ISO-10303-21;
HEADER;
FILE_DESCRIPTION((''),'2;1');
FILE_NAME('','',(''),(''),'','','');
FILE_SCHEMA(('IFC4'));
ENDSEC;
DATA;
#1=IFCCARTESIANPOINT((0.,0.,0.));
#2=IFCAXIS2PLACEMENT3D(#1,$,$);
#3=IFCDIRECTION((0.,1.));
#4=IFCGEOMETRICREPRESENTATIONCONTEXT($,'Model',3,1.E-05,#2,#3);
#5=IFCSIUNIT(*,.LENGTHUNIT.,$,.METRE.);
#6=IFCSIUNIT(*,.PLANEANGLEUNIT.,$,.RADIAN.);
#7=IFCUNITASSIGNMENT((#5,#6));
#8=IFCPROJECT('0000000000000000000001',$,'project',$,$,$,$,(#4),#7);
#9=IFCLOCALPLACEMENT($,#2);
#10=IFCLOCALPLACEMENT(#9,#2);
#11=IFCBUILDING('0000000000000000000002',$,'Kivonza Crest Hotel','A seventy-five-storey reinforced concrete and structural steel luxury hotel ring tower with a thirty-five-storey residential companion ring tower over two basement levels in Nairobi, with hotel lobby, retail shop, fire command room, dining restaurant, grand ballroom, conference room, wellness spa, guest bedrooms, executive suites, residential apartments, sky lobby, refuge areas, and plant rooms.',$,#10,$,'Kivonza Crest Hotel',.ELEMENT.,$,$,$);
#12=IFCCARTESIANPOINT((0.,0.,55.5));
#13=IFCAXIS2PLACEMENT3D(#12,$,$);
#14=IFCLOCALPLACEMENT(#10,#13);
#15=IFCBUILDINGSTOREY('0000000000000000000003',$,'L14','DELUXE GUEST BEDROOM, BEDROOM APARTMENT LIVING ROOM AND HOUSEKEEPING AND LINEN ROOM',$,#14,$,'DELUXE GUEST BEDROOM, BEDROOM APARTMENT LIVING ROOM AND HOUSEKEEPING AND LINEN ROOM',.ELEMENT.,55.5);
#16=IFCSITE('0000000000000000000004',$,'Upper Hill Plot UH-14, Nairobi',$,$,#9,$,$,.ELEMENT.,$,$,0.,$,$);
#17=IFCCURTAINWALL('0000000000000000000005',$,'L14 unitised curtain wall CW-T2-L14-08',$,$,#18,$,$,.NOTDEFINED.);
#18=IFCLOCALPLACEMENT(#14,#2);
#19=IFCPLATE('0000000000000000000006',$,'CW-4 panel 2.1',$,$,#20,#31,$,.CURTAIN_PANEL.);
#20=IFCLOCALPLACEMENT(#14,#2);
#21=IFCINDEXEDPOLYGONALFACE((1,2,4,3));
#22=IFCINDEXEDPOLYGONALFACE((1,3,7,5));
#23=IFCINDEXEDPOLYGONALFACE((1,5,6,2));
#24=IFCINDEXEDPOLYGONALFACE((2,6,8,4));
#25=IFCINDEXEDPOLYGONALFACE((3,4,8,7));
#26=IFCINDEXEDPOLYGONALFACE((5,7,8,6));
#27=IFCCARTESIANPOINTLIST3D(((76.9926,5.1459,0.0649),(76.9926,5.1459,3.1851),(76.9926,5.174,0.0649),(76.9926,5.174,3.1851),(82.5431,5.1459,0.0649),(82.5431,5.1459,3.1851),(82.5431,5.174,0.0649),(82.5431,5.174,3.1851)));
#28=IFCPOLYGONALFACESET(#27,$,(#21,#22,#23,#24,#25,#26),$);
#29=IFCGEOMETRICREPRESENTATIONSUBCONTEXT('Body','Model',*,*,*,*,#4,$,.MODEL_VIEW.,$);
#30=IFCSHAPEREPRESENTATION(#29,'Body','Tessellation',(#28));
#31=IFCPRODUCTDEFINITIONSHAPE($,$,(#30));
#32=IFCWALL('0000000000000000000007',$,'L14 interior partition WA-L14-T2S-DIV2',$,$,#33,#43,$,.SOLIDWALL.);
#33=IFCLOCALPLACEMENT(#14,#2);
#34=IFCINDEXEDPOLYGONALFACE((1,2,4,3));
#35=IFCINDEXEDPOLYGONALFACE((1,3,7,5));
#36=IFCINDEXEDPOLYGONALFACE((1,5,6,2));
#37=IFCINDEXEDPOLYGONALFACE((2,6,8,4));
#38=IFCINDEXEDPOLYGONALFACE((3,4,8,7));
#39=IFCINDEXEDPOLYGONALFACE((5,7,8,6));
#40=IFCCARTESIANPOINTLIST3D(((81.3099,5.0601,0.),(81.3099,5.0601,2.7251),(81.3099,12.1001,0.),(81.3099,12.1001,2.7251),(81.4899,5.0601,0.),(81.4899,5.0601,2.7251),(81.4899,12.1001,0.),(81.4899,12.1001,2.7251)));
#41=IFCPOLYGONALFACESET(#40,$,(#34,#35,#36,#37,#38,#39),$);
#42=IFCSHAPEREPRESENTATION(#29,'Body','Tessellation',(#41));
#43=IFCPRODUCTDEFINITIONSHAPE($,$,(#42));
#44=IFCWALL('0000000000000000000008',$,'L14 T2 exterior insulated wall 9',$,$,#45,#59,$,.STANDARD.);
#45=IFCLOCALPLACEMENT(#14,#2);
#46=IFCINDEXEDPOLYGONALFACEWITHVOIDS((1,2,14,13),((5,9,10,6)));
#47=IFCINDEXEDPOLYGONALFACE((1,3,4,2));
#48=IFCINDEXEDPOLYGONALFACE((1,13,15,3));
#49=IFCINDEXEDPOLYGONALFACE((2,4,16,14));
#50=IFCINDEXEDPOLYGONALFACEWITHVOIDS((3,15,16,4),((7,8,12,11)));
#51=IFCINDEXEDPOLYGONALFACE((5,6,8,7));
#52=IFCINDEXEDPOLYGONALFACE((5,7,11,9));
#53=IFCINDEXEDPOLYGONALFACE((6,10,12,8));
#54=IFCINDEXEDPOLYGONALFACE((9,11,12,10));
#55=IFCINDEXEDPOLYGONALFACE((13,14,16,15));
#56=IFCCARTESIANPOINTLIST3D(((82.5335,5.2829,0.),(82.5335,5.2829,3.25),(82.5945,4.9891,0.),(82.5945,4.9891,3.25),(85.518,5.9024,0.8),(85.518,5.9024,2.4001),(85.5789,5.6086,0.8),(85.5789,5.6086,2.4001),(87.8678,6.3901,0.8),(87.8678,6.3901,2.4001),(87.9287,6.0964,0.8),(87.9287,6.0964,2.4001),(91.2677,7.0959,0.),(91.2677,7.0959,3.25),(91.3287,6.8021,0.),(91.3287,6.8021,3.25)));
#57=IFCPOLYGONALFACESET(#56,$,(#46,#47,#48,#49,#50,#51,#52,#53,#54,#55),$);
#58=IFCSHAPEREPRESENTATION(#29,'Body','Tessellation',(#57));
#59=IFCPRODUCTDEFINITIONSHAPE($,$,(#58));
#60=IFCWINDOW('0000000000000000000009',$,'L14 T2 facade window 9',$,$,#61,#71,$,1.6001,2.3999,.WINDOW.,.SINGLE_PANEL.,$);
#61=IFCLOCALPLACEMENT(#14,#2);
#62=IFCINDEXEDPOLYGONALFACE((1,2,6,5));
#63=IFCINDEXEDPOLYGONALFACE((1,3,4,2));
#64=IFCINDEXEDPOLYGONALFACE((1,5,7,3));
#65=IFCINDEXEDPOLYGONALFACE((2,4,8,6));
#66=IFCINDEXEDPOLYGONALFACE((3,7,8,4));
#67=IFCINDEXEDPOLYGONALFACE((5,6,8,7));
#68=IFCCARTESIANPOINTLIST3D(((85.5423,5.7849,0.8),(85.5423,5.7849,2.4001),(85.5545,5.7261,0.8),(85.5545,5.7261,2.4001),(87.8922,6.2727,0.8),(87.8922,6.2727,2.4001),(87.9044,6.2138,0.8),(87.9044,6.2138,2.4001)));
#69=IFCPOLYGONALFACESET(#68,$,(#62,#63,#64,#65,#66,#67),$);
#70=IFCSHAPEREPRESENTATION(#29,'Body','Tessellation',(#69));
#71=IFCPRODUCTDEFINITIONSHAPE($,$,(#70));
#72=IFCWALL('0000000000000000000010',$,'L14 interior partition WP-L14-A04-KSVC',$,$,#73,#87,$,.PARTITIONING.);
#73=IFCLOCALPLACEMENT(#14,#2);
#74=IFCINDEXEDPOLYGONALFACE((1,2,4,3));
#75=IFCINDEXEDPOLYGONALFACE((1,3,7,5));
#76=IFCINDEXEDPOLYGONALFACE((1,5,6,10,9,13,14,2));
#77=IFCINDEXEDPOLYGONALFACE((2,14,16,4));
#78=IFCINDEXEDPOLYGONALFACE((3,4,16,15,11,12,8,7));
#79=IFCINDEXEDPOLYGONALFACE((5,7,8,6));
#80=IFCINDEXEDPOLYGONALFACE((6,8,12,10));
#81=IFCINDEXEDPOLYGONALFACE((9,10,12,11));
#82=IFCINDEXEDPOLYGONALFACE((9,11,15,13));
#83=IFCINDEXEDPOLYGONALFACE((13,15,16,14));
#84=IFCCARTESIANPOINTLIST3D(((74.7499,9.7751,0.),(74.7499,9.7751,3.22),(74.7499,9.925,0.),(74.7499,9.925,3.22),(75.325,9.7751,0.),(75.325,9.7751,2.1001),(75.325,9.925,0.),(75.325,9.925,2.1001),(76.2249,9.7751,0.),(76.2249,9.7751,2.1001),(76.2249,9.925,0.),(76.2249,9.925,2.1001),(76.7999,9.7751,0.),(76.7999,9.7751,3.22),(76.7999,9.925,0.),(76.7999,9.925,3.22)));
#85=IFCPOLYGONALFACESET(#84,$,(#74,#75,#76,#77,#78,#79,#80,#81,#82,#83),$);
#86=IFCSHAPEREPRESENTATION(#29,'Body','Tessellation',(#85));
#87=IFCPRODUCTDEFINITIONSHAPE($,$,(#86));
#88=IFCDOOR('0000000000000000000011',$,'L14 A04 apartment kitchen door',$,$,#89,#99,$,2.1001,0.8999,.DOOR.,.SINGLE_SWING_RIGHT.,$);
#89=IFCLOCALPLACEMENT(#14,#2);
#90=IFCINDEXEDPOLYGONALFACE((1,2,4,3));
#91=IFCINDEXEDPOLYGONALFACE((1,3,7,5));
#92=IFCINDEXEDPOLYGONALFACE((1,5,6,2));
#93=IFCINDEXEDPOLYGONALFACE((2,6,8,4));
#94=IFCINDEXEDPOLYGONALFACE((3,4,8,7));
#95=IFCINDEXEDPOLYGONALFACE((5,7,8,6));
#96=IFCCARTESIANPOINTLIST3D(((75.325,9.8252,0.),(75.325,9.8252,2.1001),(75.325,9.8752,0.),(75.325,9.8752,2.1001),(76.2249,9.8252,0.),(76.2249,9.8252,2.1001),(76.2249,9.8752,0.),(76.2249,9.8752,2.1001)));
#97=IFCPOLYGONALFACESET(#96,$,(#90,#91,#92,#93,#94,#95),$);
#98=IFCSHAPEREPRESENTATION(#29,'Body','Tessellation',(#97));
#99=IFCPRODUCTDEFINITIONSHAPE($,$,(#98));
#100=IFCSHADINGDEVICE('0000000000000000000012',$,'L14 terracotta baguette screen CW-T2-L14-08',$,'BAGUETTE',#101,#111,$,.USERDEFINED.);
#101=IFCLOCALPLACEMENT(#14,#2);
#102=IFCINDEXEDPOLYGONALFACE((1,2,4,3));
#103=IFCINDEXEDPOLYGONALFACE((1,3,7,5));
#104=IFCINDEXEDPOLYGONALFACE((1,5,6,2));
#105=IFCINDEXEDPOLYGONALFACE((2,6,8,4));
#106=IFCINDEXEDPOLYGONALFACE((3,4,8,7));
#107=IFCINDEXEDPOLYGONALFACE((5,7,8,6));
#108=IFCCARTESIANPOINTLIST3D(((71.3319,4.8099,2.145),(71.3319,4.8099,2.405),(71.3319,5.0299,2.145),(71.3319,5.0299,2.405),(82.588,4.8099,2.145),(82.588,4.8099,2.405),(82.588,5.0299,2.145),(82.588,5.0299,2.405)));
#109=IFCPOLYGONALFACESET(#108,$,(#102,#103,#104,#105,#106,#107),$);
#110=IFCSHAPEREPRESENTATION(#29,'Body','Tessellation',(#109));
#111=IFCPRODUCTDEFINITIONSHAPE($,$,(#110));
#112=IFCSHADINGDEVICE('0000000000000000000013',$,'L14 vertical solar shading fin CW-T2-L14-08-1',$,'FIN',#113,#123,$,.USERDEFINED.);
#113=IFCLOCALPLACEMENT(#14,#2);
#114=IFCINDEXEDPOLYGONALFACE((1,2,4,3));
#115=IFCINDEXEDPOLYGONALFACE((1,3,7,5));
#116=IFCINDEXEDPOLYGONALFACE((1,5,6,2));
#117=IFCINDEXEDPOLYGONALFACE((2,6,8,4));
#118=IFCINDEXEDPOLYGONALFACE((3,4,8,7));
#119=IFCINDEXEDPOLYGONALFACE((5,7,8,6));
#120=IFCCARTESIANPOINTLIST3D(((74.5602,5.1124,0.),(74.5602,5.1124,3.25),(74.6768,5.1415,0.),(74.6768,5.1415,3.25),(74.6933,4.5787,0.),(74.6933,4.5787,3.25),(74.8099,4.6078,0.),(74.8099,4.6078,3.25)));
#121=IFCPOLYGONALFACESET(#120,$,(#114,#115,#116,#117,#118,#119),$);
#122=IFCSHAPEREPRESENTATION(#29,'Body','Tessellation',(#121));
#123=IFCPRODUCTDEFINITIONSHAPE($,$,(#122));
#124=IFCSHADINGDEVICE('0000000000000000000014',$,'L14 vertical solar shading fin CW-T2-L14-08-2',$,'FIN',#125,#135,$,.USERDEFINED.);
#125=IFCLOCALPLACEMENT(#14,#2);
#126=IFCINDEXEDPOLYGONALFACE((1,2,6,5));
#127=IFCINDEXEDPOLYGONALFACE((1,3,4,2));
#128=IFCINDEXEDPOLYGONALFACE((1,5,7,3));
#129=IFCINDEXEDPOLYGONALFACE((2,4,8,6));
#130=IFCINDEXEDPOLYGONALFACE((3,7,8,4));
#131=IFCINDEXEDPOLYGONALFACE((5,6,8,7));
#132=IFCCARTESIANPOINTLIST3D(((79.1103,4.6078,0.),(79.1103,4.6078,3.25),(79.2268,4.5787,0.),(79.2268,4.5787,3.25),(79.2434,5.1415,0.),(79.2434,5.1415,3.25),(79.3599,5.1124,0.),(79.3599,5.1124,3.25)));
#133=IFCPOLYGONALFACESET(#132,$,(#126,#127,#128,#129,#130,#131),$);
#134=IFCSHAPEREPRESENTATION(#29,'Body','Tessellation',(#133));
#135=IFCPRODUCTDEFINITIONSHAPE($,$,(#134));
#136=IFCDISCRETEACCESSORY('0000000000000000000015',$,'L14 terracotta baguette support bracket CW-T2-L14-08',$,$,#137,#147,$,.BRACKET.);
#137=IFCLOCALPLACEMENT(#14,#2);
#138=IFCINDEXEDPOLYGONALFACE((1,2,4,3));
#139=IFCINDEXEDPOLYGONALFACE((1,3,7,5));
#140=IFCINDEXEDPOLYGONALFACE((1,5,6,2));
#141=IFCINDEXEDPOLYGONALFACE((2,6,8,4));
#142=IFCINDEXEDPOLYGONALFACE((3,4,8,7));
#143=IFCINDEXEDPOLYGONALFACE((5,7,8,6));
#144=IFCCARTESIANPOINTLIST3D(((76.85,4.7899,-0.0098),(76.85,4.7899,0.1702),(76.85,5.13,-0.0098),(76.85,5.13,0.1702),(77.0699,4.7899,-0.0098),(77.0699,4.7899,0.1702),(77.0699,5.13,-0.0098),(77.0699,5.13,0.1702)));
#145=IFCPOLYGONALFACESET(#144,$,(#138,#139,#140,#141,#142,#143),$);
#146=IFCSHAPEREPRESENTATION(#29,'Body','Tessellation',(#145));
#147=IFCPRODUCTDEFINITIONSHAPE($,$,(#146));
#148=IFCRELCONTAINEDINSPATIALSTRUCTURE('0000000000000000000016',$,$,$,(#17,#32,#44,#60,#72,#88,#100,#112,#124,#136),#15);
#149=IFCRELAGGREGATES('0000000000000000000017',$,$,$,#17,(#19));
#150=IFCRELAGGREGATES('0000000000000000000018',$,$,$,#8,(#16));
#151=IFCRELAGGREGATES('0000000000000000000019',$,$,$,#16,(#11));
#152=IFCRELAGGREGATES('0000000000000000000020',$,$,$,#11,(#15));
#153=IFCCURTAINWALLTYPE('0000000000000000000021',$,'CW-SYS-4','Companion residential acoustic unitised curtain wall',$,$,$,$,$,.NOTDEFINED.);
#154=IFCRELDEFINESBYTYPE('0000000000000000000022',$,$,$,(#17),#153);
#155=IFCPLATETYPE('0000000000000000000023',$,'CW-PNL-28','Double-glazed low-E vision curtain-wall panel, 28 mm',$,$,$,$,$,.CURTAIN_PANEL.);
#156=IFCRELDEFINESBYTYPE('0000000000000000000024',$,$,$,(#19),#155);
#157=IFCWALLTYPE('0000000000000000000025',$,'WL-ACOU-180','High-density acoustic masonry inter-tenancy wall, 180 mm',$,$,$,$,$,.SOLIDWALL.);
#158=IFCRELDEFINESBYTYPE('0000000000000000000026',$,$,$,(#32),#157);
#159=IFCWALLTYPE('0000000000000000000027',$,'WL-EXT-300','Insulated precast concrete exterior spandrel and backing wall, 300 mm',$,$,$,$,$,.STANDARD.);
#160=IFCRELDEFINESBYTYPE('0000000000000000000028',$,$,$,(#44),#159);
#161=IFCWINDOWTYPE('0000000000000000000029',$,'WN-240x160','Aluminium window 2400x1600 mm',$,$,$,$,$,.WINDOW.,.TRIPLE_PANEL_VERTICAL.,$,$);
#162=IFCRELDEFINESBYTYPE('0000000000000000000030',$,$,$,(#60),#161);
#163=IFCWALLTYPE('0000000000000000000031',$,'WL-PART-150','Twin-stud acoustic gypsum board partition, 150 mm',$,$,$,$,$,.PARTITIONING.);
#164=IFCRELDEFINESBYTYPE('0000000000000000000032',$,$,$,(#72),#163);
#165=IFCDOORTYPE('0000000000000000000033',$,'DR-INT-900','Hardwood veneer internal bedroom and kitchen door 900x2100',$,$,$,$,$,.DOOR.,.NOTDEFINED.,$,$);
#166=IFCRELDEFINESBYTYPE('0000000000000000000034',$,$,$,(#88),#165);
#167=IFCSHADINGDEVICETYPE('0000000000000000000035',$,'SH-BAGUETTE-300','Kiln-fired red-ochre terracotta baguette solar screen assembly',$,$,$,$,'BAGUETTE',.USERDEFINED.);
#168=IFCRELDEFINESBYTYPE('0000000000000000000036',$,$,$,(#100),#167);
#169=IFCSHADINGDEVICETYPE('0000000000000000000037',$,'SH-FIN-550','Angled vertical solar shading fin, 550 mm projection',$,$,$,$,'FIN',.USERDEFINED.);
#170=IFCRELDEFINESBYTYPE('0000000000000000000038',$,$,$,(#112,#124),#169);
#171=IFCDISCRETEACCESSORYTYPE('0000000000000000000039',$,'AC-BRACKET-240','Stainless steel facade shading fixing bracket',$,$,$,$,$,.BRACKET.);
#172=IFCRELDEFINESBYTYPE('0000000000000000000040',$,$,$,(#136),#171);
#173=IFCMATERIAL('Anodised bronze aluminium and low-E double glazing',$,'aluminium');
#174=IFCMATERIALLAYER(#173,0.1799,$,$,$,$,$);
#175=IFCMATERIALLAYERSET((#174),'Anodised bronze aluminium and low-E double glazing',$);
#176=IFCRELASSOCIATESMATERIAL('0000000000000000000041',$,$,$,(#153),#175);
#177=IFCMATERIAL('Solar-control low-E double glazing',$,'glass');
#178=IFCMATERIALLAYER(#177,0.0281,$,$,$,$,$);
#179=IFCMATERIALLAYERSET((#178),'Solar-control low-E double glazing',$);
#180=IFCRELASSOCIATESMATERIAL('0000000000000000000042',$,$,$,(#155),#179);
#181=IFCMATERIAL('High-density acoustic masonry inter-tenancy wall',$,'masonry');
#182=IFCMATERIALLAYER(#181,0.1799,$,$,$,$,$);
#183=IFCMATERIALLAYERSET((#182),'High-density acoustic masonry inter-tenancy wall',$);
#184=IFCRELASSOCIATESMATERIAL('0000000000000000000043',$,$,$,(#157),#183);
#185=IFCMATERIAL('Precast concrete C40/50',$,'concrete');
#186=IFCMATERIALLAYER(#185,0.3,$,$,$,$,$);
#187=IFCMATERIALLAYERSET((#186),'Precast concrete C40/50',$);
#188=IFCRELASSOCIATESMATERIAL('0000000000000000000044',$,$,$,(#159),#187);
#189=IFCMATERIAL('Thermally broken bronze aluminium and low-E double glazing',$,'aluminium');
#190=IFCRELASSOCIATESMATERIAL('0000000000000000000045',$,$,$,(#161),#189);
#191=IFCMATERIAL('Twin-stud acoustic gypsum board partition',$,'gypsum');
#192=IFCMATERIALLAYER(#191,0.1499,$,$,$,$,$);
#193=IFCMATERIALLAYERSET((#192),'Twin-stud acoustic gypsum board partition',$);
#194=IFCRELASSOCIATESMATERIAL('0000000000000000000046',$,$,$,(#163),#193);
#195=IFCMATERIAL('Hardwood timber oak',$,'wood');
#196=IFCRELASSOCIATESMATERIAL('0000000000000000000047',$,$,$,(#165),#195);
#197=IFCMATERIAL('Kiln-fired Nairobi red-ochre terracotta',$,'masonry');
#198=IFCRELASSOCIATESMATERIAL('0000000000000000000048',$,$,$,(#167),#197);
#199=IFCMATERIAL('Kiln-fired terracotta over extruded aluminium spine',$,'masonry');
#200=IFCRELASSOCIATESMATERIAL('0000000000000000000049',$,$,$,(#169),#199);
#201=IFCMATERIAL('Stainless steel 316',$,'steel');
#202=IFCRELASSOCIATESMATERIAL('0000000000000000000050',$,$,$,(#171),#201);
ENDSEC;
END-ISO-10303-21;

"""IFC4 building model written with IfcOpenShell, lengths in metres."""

from ifc_helpers import new_model, si_unit, direction, frame, frame_2d, origin, origin_2d, place, context, subcontext, project, spatial, rectangle, extrude, material, layer, layer_set, type_object, element, fill, aggregate, save


model = new_model("IFC4")

# Units and contexts
model_context = context("Model", 3, precision=1e-05, world=origin(), true_north=direction((0.0, 1.0)))
body_context = subcontext(model_context, "Body", "Model", "MODEL_VIEW")
ifc_project = project(units=[si_unit("LENGTHUNIT", "METRE"), si_unit("PLANEANGLEUNIT", "RADIAN")], contexts=[model_context])

# Site, building, storey
site_placement = place(None, origin())
site = spatial("IfcSite", under=ifc_project, at=site_placement, Name="Upper Hill Plot UH-14, Nairobi", CompositionType="ELEMENT", RefElevation=0.0)
building_placement = place(site_placement, origin())
building = spatial("IfcBuilding", under=site, at=building_placement, Name="Kivonza Crest Hotel", Description="A seventy-five-storey reinforced concrete and structural steel luxury hotel ring tower with a thirty-five-storey residential companion ring tower over two basement levels in Nairobi, with hotel lobby, retail shop, fire command room, dining restaurant, grand ballroom, conference room, wellness spa, guest bedrooms, executive suites, residential apartments, sky lobby, refuge areas, and plant rooms.", LongName="Kivonza Crest Hotel", CompositionType="ELEMENT")
storey_placement = place(building_placement, frame((0.0, 0.0, 55.5)))
storey = spatial("IfcBuildingStorey", under=building, at=storey_placement, Name="L14", Description="DELUXE GUEST BEDROOM, BEDROOM APARTMENT LIVING ROOM AND HOUSEKEEPING AND LINEN ROOM", LongName="DELUXE GUEST BEDROOM, BEDROOM APARTMENT LIVING ROOM AND HOUSEKEEPING AND LINEN ROOM", CompositionType="ELEMENT", Elevation=55.5)

# Curtain wall, plate
ifc_material_1 = material(Name="Anodised bronze aluminium and low-E double glazing", Category="aluminium")
ifc_layer_1 = layer(ifc_material_1, 0.1799)
ifc_layer_set_1 = layer_set([ifc_layer_1], Name="Anodised bronze aluminium and low-E double glazing")
curtain_wall_type = type_object("IfcCurtainWallType", Name="CW-SYS-4", Description="Companion residential acoustic unitised curtain wall", PredefinedType="NOTDEFINED", material=ifc_layer_set_1)
curtain_wall_placement = place(storey_placement, origin())
curtain_wall = element("IfcCurtainWall", 1, at=curtain_wall_placement, inside=storey, type_object=curtain_wall_type, Name="L14 unitised curtain wall CW-T2-L14-08", PredefinedType="NOTDEFINED")
ifc_material_2 = material(Name="Solar-control low-E double glazing", Category="glass")
ifc_layer_2 = layer(ifc_material_2, 0.0281)
ifc_layer_set_2 = layer_set([ifc_layer_2], Name="Solar-control low-E double glazing")
plate_type = type_object("IfcPlateType", Name="CW-PNL-28", Description="Double-glazed low-E vision curtain-wall panel, 28 mm", PredefinedType="CURTAIN_PANEL", material=ifc_layer_set_2)
plate_1_placement = place(storey_placement, frame((79.7678, 5.1599, 0.0649), z_axis=(0.0, 0.0, 1.0), x_axis=(1.0, 0.0, 0.0)))
plate_1 = element("IfcPlate", 2, at=plate_1_placement, type_object=plate_type, Name="CW-4 panel 2.1", PredefinedType="CURTAIN_PANEL", context=body_context, shape_type="SweptSolid", body=[
    extrude(rectangle(XDim=5.5505, YDim=0.0281, at=origin_2d()), origin(), (0.0, 0.0, 1.0), 3.1201),
])
aggregate(curtain_wall, [plate_1])

# Wall
ifc_material_3 = material(Name="High-density acoustic masonry inter-tenancy wall", Category="masonry")
ifc_layer_3 = layer(ifc_material_3, 0.1799)
ifc_layer_set_3 = layer_set([ifc_layer_3], Name="High-density acoustic masonry inter-tenancy wall")
wall_type_1 = type_object("IfcWallType", Name="WL-ACOU-180", Description="High-density acoustic masonry inter-tenancy wall, 180 mm", PredefinedType="SOLIDWALL", material=ifc_layer_set_3)
wall_1_placement = place(storey_placement, frame((81.3999, 5.0601, 0.0), z_axis=(0.0, 0.0, 1.0), x_axis=(0.0, 1.0, 0.0)))
element("IfcWall", 3, at=wall_1_placement, inside=storey, type_object=wall_type_1, Name="L14 interior partition WA-L14-T2S-DIV2", PredefinedType="SOLIDWALL", context=body_context, shape_type="SweptSolid", body=[
    extrude(rectangle(XDim=7.04, YDim=0.1799, at=frame_2d((3.52, 0.0))), origin(), (0.0, 0.0, 1.0), 2.7251),
])

# Wall, opening, window
ifc_material_4 = material(Name="Precast concrete C40/50", Category="concrete")
ifc_layer_4 = layer(ifc_material_4, 0.3)
ifc_layer_set_4 = layer_set([ifc_layer_4], Name="Precast concrete C40/50")
wall_type_2 = type_object("IfcWallType", Name="WL-EXT-300", Description="Insulated precast concrete exterior spandrel and backing wall, 300 mm", PredefinedType="STANDARD", material=ifc_layer_set_4)
wall_2_placement = place(storey_placement, frame((82.564, 5.136, 0.0), z_axis=(0.0, 0.0, 1.0), x_axis=(0.979128, 0.203243, 0.0)))
wall_2 = element("IfcWall", 4, at=wall_2_placement, inside=storey, type_object=wall_type_2, Name="L14 T2 exterior insulated wall 9", PredefinedType="STANDARD", context=body_context, shape_type="SweptSolid", body=[
    extrude(rectangle(XDim=8.9204, YDim=0.3, at=frame_2d((4.4602, 0.0))), origin(), (0.0, 0.0, 1.0), 3.25),
])
opening_1_placement = place(wall_2_placement, frame((3.0481, 0.0, 0.8)))
opening_1 = element("IfcOpeningElement", 5, at=opening_1_placement, cuts=wall_2, PredefinedType="OPENING", context=body_context, shape_type="SweptSolid", body=[
    extrude(rectangle(XDim=2.3999, YDim=1.6001, at=frame_2d((1.2, 0.8))), frame((0.0, 0.1602, 0.0), z_axis=(0.0, -1.0, 0.0), x_axis=(1.0, 0.0, 0.0)), (0.0, 0.0, 1.0), 0.3201),
])
ifc_material_5 = material(Name="Thermally broken bronze aluminium and low-E double glazing", Category="aluminium")
window_type = type_object("IfcWindowType", Name="WN-240x160", Description="Aluminium window 2400x1600 mm", PartitioningType="TRIPLE_PANEL_VERTICAL", PredefinedType="WINDOW", material=ifc_material_5)
window_placement = place(opening_1_placement, origin())
window = element("IfcWindow", 6, at=window_placement, inside=storey, type_object=window_type, Name="L14 T2 facade window 9", OverallHeight=1.6001, OverallWidth=2.3999, PartitioningType="SINGLE_PANEL", PredefinedType="WINDOW", context=body_context, shape_type="SweptSolid", body=[
    extrude(rectangle(XDim=2.3999, YDim=1.6001, at=frame_2d((1.2, 0.8))), frame((0.0, 0.03, 0.0), z_axis=(0.0, -1.0, 0.0), x_axis=(1.0, 0.0, 0.0)), (0.0, 0.0, 1.0), 0.0601),
])
fill(opening_1, window)

# Wall, opening, door
ifc_material_6 = material(Name="Twin-stud acoustic gypsum board partition", Category="gypsum")
ifc_layer_5 = layer(ifc_material_6, 0.1499)
ifc_layer_set_5 = layer_set([ifc_layer_5], Name="Twin-stud acoustic gypsum board partition")
wall_type_3 = type_object("IfcWallType", Name="WL-PART-150", Description="Twin-stud acoustic gypsum board partition, 150 mm", PredefinedType="PARTITIONING", material=ifc_layer_set_5)
wall_3_placement = place(storey_placement, frame((74.75, 9.8501, 0.0), z_axis=(0.0, 0.0, 1.0), x_axis=(1.0, 0.0, 0.0)))
wall_3 = element("IfcWall", 7, at=wall_3_placement, inside=storey, type_object=wall_type_3, Name="L14 interior partition WP-L14-A04-KSVC", PredefinedType="PARTITIONING", context=body_context, shape_type="SweptSolid", body=[
    extrude(rectangle(XDim=2.05, YDim=0.1499, at=frame_2d((1.0249, 0.0))), origin(), (0.0, 0.0, 1.0), 3.22),
])
opening_2_placement = place(wall_3_placement, frame((0.575, 0.0, 0.0)))
opening_2 = element("IfcOpeningElement", 8, at=opening_2_placement, cuts=wall_3, PredefinedType="OPENING", context=body_context, shape_type="SweptSolid", body=[
    extrude(rectangle(XDim=0.8999, YDim=2.1001, at=frame_2d((0.45, 1.05))), frame((0.0, 0.085, 0.0), z_axis=(0.0, -1.0, 0.0), x_axis=(1.0, 0.0, 0.0)), (0.0, 0.0, 1.0), 0.1699),
])
ifc_material_7 = material(Name="Hardwood timber oak", Category="wood")
door_type = type_object("IfcDoorType", Name="DR-INT-900", Description="Hardwood veneer internal bedroom and kitchen door 900x2100", OperationType="NOTDEFINED", PredefinedType="DOOR", material=ifc_material_7)
door_placement = place(opening_2_placement, frame((0.8999, 0.0, 0.0), z_axis=(0.0, 0.0, 1.0), x_axis=(-1.0, 0.0, 0.0)))
door = element("IfcDoor", 9, at=door_placement, inside=storey, type_object=door_type, Name="L14 A04 apartment kitchen door", OperationType="SINGLE_SWING_RIGHT", OverallHeight=2.1001, OverallWidth=0.8999, PredefinedType="DOOR", context=body_context, shape_type="SweptSolid", body=[
    extrude(rectangle(XDim=0.8999, YDim=2.1001, at=frame_2d((0.45, 1.05))), frame((0.0, 0.0249, 0.0), z_axis=(0.0, -1.0, 0.0), x_axis=(1.0, 0.0, 0.0)), (0.0, 0.0, 1.0), 0.05),
])
fill(opening_2, door)

# Shading devices
ifc_material_8 = material(Name="Kiln-fired Nairobi red-ochre terracotta", Category="masonry")
shading_device_type_1 = type_object("IfcShadingDeviceType", Name="SH-BAGUETTE-300", Description="Kiln-fired red-ochre terracotta baguette solar screen assembly", ElementType="BAGUETTE", PredefinedType="USERDEFINED", material=ifc_material_8)
shading_device_placement = place(storey_placement, frame((76.96, 4.9199, 2.145), z_axis=(0.0, 0.0, 1.0), x_axis=(1.0, 0.0, 0.0)))
element("IfcShadingDevice", 10, at=shading_device_placement, inside=storey, type_object=shading_device_type_1, Name="L14 terracotta baguette screen CW-T2-L14-08", ObjectType="BAGUETTE", PredefinedType="USERDEFINED", context=body_context, shape_type="SweptSolid", body=[
    extrude(rectangle(XDim=11.2561, YDim=0.22, at=origin_2d()), origin(), (0.0, 0.0, 1.0), 0.26),
])
ifc_material_9 = material(Name="Kiln-fired terracotta over extruded aluminium spine", Category="masonry")
shading_device_type_2 = type_object("IfcShadingDeviceType", Name="SH-FIN-550", Description="Angled vertical solar shading fin, 550 mm projection", ElementType="FIN", PredefinedType="USERDEFINED", material=ifc_material_9)
for number, where, z_axis, x_axis, name in (
    (11, (74.6851, 4.8601, 0.0), (0.0, 0.0, 1.0), (0.970296, 0.241922, 0.0), "L14 vertical solar shading fin CW-T2-L14-08-1"),
    (12, (79.2351, 4.8601, 0.0), (0.0, 0.0, 1.0), (0.970296, -0.241922, 0.0), "L14 vertical solar shading fin CW-T2-L14-08-2"),
):
    element("IfcShadingDevice", number, at=place(storey_placement, frame(where, z_axis=z_axis, x_axis=x_axis)), inside=storey, type_object=shading_device_type_2, Name=name, ObjectType="FIN", PredefinedType="USERDEFINED", context=body_context, shape_type="SweptSolid", body=[
        extrude(rectangle(XDim=0.1201, YDim=0.55, at=origin_2d()), origin(), (0.0, 0.0, 1.0), 3.25),
    ])

# Discrete accessory
ifc_material_10 = material(Name="Stainless steel 316", Category="steel")
discrete_accessory_type = type_object("IfcDiscreteAccessoryType", Name="AC-BRACKET-240", Description="Stainless steel facade shading fixing bracket", PredefinedType="BRACKET", material=ifc_material_10)
discrete_accessory_placement = place(storey_placement, frame((76.96, 4.96, -0.0098), z_axis=(0.0, 0.0, 1.0), x_axis=(1.0, 0.0, 0.0)))
element("IfcDiscreteAccessory", 13, at=discrete_accessory_placement, inside=storey, type_object=discrete_accessory_type, Name="L14 terracotta baguette support bracket CW-T2-L14-08", PredefinedType="BRACKET", context=body_context, shape_type="SweptSolid", body=[
    extrude(rectangle(XDim=0.22, YDim=0.3401, at=origin_2d()), origin(), (0.0, 0.0, 1.0), 0.1799),
])

save(model, "model.ifc")
